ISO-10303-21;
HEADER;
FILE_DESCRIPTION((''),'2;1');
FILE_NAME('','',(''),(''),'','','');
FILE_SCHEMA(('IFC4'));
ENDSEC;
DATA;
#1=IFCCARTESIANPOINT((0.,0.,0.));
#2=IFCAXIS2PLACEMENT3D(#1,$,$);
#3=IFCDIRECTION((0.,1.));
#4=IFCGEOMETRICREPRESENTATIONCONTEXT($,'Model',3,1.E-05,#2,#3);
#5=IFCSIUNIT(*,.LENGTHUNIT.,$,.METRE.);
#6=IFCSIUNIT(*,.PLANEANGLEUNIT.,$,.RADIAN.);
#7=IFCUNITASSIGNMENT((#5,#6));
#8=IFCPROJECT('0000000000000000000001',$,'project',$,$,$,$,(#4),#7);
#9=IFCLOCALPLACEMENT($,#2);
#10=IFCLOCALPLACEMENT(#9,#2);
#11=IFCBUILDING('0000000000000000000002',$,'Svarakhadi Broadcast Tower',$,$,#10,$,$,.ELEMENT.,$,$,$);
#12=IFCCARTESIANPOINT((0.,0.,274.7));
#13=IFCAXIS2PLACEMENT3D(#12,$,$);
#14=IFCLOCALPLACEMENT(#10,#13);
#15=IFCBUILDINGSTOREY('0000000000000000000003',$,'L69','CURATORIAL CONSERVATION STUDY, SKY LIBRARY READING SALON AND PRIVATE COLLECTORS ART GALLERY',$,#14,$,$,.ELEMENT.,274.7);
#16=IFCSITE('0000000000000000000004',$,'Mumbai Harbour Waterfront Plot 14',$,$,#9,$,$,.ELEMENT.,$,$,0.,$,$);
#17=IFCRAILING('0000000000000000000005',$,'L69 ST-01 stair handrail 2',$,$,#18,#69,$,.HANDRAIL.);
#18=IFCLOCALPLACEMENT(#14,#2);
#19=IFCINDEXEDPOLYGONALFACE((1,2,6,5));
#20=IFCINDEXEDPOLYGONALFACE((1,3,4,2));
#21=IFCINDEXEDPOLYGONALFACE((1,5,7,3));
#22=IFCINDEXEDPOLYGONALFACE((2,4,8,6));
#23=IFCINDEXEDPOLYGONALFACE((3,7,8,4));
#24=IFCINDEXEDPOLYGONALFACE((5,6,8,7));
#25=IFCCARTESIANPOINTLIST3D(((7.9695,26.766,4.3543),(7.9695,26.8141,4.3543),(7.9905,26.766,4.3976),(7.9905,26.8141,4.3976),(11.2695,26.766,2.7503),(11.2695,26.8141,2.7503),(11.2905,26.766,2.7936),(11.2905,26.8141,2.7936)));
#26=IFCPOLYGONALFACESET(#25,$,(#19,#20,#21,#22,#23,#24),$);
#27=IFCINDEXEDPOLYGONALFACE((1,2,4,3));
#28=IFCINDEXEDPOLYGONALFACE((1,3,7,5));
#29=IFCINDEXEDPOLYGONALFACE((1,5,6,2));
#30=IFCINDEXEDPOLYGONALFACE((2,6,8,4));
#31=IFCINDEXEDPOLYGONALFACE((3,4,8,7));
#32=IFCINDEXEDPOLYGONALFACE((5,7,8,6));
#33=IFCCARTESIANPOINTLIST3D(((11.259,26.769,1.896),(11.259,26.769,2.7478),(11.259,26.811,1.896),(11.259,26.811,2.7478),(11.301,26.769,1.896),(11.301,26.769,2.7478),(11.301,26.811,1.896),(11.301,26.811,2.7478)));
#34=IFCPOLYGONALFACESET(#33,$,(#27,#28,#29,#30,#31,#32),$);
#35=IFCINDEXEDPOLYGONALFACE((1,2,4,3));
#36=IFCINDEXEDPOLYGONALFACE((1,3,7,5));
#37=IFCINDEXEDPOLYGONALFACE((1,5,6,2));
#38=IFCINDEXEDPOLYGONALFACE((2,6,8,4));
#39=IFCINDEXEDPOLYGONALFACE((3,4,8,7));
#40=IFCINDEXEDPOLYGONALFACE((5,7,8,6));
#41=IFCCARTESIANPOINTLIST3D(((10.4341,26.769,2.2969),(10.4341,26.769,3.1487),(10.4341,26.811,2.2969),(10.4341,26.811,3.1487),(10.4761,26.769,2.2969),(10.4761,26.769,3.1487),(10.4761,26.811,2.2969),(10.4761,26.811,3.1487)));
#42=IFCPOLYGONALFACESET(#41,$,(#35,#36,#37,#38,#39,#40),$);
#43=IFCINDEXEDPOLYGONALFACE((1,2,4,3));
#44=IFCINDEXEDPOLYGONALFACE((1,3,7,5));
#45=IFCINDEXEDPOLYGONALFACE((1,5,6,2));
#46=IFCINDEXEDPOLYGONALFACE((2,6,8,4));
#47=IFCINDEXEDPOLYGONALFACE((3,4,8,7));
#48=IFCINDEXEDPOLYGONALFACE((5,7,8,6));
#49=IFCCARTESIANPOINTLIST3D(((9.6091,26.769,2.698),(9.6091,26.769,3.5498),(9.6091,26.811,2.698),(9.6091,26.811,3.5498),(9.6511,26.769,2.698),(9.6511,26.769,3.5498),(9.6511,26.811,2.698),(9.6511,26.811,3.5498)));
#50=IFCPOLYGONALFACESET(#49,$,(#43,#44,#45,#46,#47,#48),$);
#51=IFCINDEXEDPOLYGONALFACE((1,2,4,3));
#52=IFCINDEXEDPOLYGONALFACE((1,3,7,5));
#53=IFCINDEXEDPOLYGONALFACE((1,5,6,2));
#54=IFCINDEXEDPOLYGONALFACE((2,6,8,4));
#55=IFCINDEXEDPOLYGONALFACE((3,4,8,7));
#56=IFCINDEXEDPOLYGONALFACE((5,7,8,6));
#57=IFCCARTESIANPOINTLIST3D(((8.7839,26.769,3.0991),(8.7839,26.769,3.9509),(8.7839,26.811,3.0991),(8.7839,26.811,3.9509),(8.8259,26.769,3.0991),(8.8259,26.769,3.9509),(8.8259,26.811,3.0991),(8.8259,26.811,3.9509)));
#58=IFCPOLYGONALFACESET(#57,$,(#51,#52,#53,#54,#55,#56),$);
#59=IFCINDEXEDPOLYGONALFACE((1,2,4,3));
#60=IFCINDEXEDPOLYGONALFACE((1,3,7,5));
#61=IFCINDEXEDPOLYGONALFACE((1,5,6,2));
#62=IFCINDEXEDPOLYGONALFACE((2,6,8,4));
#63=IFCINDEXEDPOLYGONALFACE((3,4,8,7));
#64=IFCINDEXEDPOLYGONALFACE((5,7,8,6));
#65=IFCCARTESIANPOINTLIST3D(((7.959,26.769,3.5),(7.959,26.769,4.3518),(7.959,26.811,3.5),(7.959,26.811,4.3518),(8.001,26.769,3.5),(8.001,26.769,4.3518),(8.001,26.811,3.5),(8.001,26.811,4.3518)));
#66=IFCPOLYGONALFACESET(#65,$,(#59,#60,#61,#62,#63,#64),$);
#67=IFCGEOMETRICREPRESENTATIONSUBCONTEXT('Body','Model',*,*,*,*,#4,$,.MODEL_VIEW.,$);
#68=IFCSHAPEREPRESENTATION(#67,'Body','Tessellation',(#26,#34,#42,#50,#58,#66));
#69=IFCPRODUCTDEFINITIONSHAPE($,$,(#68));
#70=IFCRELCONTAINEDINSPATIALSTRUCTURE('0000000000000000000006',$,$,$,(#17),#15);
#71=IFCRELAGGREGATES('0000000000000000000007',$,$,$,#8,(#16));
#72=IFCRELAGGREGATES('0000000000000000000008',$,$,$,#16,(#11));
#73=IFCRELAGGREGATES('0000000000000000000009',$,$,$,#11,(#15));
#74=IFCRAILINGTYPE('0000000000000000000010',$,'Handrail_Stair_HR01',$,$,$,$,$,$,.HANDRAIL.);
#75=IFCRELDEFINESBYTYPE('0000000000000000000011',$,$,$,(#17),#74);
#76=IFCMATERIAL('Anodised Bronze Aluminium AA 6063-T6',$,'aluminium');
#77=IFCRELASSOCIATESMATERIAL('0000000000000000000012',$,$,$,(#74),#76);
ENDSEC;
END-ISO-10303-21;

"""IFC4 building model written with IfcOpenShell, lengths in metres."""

from ifc_helpers import new_model, si_unit, direction, frame, origin, origin_2d, place, context, subcontext, project, spatial, rectangle, extrude, material, type_object, element, save


model = new_model("IFC4")

# Units and contexts
model_context = context("Model", 3, precision=1e-05, world=origin(), true_north=direction((0.0, 1.0)))
body_context = subcontext(model_context, "Body", "Model", "MODEL_VIEW")
ifc_project = project(units=[si_unit("LENGTHUNIT", "METRE"), si_unit("PLANEANGLEUNIT", "RADIAN")], contexts=[model_context])

# Site, building, storey
site_placement = place(None, origin())
site = spatial("IfcSite", under=ifc_project, at=site_placement, Name="Mumbai Harbour Waterfront Plot 14", CompositionType="ELEMENT", RefElevation=0.0)
building_placement = place(site_placement, origin())
building = spatial("IfcBuilding", under=site, at=building_placement, Name="Svarakhadi Broadcast Tower", CompositionType="ELEMENT")
storey_placement = place(building_placement, frame((0.0, 0.0, 274.7)))
storey = spatial("IfcBuildingStorey", under=building, at=storey_placement, Name="L69", Description="CURATORIAL CONSERVATION STUDY, SKY LIBRARY READING SALON AND PRIVATE COLLECTORS ART GALLERY", CompositionType="ELEMENT", Elevation=274.7)

# Shared definitions
ifc_material_1 = material(Name="Anodised Bronze Aluminium AA 6063-T6", Category="aluminium")

# Railing
railing_type_1 = type_object("IfcRailingType", Name="Handrail_Stair_HR01", PredefinedType="HANDRAIL", material=ifc_material_1)
railing_1_placement = place(storey_placement, frame((11.28, 26.79, 1.896)))
element("IfcRailing", 1, at=railing_1_placement, inside=storey, type_object=railing_type_1, Name="L69 ST-01 stair handrail 2", PredefinedType="HANDRAIL", context=body_context, shape_type="SweptSolid", body=[
    extrude(rectangle(XDim=0.0481, YDim=0.0481, at=origin_2d()), frame((0.0, 0.0, 0.876), z_axis=(-0.899388, 0.0, 0.437152), x_axis=(0.0, -1.0, 0.0)), (0.0, 0.0, 1.0), 3.6692),
    extrude(rectangle(XDim=0.042, YDim=0.042, at=origin_2d()), origin(), (0.0, 0.0, 1.0), 0.8518),
    extrude(rectangle(XDim=0.042, YDim=0.042, at=origin_2d()), frame((-0.825, 0.0, 0.4009)), (0.0, 0.0, 1.0), 0.8518),
    extrude(rectangle(XDim=0.042, YDim=0.042, at=origin_2d()), frame((-1.6499, 0.0, 0.802)), (0.0, 0.0, 1.0), 0.8518),
    extrude(rectangle(XDim=0.042, YDim=0.042, at=origin_2d()), frame((-2.4751, 0.0, 1.2031)), (0.0, 0.0, 1.0), 0.8518),
    extrude(rectangle(XDim=0.042, YDim=0.042, at=origin_2d()), frame((-3.3, 0.0, 1.604)), (0.0, 0.0, 1.0), 0.8518),
])

save(model, "model.ifc")
